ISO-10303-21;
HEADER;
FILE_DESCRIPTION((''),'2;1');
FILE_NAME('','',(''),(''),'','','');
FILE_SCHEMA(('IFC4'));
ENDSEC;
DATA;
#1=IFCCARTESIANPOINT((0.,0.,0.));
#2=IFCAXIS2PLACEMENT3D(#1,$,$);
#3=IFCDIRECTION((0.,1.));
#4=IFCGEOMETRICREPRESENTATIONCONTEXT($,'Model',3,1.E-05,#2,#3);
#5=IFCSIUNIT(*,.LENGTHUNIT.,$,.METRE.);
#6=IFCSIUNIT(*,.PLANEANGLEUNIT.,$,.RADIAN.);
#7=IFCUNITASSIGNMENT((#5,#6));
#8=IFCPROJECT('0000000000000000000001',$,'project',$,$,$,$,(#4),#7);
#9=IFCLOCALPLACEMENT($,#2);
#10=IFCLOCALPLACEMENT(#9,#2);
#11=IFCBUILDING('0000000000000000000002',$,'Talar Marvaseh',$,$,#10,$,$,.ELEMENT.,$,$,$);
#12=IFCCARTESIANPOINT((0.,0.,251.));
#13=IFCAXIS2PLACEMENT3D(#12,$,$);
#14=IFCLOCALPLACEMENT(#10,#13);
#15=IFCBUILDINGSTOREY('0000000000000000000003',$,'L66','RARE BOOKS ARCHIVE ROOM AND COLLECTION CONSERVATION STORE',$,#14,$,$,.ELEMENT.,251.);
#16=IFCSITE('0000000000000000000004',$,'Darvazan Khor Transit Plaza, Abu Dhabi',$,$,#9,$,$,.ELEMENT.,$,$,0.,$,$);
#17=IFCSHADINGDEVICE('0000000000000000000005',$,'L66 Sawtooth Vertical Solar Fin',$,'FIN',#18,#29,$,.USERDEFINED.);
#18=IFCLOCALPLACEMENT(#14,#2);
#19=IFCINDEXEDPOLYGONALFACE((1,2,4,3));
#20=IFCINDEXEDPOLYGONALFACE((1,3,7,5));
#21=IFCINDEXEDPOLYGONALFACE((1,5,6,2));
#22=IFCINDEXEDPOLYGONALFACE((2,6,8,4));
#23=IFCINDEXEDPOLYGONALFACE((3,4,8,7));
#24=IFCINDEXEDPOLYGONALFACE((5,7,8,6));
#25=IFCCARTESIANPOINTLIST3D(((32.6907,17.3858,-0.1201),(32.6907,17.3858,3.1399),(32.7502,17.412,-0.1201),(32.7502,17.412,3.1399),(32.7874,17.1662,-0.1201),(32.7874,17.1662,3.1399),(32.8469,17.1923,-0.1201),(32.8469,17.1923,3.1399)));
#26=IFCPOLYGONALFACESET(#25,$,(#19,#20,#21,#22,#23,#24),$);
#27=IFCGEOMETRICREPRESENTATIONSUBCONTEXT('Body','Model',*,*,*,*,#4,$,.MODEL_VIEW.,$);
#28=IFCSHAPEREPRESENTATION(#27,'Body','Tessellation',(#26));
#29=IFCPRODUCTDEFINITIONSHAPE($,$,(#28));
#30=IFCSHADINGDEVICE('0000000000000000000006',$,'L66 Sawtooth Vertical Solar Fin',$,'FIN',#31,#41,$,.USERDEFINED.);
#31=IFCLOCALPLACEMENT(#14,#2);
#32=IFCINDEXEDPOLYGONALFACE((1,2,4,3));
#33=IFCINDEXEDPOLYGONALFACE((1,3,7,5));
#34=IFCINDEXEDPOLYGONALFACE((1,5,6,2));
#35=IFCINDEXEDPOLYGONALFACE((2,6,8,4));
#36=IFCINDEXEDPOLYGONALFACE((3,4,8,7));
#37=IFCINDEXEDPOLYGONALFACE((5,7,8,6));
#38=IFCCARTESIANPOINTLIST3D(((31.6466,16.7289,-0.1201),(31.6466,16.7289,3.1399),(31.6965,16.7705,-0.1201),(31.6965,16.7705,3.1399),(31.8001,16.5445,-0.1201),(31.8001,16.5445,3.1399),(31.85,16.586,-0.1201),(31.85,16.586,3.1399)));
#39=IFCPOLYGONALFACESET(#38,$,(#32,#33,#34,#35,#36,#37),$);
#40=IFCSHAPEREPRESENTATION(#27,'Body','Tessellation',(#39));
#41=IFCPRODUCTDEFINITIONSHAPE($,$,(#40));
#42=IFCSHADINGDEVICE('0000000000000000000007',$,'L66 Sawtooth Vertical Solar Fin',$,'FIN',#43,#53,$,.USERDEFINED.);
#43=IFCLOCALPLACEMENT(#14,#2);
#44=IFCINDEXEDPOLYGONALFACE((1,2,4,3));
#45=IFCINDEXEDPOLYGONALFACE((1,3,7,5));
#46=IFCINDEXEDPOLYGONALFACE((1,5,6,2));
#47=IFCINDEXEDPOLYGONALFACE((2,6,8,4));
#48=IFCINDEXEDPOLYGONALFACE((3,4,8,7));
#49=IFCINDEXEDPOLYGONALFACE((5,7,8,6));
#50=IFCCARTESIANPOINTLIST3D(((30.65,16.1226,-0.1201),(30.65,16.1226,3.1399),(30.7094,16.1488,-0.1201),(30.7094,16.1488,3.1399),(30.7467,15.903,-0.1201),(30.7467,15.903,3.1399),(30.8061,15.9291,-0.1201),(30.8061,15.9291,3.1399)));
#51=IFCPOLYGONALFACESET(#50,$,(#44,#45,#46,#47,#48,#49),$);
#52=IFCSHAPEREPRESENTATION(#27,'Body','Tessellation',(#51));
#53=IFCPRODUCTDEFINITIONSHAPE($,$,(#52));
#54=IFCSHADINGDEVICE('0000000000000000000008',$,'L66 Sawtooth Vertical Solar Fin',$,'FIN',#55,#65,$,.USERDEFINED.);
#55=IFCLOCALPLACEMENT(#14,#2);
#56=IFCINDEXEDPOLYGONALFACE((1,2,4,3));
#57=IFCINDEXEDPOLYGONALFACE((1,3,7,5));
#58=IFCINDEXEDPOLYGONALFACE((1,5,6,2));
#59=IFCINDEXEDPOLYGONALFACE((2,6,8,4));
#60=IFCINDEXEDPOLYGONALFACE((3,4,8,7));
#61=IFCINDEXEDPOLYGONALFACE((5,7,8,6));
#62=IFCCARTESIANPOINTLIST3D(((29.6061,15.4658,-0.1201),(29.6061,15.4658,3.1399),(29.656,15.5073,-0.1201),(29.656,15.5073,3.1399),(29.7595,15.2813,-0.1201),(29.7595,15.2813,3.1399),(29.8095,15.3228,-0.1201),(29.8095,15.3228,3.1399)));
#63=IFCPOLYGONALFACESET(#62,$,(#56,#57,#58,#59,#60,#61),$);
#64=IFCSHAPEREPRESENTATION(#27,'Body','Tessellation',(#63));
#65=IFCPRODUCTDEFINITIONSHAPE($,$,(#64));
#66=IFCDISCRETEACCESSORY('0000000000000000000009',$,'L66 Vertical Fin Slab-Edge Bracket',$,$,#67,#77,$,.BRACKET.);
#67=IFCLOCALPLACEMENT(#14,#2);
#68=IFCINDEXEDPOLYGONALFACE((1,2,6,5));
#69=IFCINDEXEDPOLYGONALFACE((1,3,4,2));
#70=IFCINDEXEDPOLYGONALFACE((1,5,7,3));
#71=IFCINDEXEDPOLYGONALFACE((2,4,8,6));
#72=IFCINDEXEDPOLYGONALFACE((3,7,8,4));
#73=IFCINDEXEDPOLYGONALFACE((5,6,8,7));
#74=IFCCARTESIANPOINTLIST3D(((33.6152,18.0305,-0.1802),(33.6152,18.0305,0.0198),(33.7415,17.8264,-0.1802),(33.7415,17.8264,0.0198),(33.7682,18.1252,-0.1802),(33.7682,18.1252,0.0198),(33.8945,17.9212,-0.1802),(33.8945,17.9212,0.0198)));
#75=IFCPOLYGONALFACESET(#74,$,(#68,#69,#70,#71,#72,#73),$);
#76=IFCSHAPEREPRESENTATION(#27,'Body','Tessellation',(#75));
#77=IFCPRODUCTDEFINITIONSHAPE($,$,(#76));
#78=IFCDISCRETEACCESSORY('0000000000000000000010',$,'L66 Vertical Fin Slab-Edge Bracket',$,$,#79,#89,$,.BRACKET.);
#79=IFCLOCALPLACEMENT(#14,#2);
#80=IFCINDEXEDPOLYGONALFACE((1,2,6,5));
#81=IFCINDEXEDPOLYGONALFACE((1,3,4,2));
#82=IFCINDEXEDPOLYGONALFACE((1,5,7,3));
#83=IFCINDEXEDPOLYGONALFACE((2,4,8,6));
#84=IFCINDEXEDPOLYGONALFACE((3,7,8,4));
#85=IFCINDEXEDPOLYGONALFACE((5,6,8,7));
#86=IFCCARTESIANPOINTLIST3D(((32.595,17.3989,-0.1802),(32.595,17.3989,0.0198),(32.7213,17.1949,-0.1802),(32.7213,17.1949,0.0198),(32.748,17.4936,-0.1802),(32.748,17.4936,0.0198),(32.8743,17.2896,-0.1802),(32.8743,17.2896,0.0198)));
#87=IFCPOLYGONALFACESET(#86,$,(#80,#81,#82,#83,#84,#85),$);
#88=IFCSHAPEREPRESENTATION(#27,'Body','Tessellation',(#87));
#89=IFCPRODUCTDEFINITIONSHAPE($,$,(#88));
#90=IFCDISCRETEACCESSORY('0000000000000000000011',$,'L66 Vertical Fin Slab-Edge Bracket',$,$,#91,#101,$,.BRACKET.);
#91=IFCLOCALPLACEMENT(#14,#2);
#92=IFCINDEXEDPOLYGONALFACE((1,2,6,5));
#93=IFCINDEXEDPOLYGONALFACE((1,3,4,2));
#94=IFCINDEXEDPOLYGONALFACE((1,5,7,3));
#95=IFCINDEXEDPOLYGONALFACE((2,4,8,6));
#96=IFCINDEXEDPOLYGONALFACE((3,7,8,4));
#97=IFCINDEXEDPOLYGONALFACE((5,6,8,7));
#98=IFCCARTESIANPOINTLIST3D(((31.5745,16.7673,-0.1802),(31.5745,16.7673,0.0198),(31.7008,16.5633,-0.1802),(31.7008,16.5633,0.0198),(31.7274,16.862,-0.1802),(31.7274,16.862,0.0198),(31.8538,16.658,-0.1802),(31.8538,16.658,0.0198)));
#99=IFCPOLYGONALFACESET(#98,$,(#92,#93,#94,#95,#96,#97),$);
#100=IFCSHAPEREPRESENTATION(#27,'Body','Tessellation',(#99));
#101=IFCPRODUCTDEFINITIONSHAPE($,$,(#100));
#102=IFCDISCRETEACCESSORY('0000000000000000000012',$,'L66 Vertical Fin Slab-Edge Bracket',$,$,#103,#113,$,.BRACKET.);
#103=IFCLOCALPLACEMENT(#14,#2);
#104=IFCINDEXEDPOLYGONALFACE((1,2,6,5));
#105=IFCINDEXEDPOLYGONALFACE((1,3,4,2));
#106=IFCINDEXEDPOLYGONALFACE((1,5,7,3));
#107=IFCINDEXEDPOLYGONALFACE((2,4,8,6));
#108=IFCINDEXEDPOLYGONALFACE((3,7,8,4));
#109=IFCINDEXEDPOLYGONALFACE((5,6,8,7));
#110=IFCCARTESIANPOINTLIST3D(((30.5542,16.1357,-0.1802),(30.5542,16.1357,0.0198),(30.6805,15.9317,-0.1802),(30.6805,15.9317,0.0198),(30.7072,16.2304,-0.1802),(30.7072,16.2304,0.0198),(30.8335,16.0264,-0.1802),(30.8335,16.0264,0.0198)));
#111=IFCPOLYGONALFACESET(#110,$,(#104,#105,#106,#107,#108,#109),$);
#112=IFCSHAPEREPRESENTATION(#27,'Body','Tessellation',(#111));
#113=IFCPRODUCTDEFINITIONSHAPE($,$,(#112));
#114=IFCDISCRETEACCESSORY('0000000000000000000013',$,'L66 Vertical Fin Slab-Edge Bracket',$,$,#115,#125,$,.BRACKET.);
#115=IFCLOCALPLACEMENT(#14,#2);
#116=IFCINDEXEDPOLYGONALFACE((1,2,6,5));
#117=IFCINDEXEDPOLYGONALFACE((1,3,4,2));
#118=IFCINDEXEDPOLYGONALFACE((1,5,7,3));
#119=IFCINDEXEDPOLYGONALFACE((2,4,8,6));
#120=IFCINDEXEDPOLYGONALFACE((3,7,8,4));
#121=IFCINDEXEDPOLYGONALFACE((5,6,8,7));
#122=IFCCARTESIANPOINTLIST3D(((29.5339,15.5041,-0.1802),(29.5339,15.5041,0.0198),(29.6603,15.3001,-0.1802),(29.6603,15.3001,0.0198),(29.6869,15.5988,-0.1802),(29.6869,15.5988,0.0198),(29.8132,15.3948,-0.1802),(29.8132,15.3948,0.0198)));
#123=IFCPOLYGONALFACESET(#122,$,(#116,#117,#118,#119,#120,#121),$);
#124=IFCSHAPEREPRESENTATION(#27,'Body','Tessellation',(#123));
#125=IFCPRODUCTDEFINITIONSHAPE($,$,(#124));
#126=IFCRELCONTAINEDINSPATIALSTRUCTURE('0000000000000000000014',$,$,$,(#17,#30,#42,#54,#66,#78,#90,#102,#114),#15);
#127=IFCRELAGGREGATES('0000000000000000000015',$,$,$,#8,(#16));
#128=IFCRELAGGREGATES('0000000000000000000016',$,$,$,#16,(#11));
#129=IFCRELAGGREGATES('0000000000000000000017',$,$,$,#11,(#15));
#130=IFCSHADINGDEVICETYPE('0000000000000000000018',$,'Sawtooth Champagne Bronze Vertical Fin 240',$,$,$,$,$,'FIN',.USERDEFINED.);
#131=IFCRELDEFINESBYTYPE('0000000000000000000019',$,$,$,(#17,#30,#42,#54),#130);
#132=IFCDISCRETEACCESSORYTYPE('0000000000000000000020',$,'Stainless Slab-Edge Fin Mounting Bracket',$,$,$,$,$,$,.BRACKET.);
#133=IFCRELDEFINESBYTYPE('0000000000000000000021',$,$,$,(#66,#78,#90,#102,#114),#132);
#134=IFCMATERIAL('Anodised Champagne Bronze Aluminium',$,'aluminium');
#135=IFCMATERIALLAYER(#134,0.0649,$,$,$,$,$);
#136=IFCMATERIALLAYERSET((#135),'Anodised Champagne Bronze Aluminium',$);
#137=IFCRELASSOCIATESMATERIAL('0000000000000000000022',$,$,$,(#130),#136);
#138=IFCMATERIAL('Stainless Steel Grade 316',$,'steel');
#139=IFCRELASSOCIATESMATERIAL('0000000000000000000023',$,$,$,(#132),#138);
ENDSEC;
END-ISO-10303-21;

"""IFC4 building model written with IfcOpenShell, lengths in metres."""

from ifc_helpers import new_model, si_unit, direction, frame, origin, origin_2d, place, context, subcontext, project, spatial, rectangle, extrude, source, transform, mapped, material, layer, layer_set, type_object, type_shapes, element, save


model = new_model("IFC4")

# Units and contexts
model_context = context("Model", 3, precision=1e-05, world=origin(), true_north=direction((0.0, 1.0)))
body_context = subcontext(model_context, "Body", "Model", "MODEL_VIEW")
ifc_project = project(units=[si_unit("LENGTHUNIT", "METRE"), si_unit("PLANEANGLEUNIT", "RADIAN")], contexts=[model_context])

# Site, building, storey
site_placement = place(None, origin())
site = spatial("IfcSite", under=ifc_project, at=site_placement, Name="Darvazan Khor Transit Plaza, Abu Dhabi", CompositionType="ELEMENT", RefElevation=0.0)
building_placement = place(site_placement, origin())
building = spatial("IfcBuilding", under=site, at=building_placement, Name="Talar Marvaseh", CompositionType="ELEMENT")
storey_placement = place(building_placement, frame((0.0, 0.0, 251.0)))
storey = spatial("IfcBuildingStorey", under=building, at=storey_placement, Name="L66", Description="RARE BOOKS ARCHIVE ROOM AND COLLECTION CONSERVATION STORE", CompositionType="ELEMENT", Elevation=251.0)

# Shading devices
ifc_material_1 = material(Name="Anodised Champagne Bronze Aluminium", Category="aluminium")
ifc_layer_1 = layer(ifc_material_1, 0.0649)
ifc_layer_set_1 = layer_set([ifc_layer_1], Name="Anodised Champagne Bronze Aluminium")
shading_device_type = type_object("IfcShadingDeviceType", Name="Sawtooth Champagne Bronze Vertical Fin 240", ElementType="FIN", PredefinedType="USERDEFINED", material=ifc_layer_set_1)
shared_shape_1 = source(origin(), body_context, "Body", "SweptSolid", [
    extrude(rectangle(XDim=0.24, YDim=0.0649, at=origin_2d()), origin(), (0.0, 0.0, 1.0), 3.26),
])
type_shapes(shading_device_type, [shared_shape_1])
for number, where, z_axis, x_axis, name in (
    (1, (32.7688, 17.2891, -0.1201), (0.0, 0.0, 1.0), (0.402906, -0.915241, 0.0), "L66 Sawtooth Vertical Solar Fin"),
    (2, (31.7483, 16.6575, -0.1201), (0.0, 0.0, 1.0), (0.639573, -0.76873, 0.0), "L66 Sawtooth Vertical Solar Fin"),
    (3, (30.728, 16.0259, -0.1201), (0.0, 0.0, 1.0), (0.402906, -0.915241, 0.0), "L66 Sawtooth Vertical Solar Fin"),
    (4, (29.7078, 15.3943, -0.1201), (0.0, 0.0, 1.0), (0.639573, -0.76873, 0.0), "L66 Sawtooth Vertical Solar Fin"),
):
    element("IfcShadingDevice", number, at=place(storey_placement, frame(where, z_axis=z_axis, x_axis=x_axis)), inside=storey, type_object=shading_device_type, Name=name, ObjectType="FIN", PredefinedType="USERDEFINED", context=body_context, shape_type="MappedRepresentation", body=[
        mapped(shared_shape_1, transform((0.0, 0.0, 0.0), x_axis=(1.0, 0.0, 0.0), y_axis=(0.0, 1.0, 0.0), z_axis=(0.0, 0.0, 1.0), scale=1.0)),
    ])

# Discrete accessories
ifc_material_2 = material(Name="Stainless Steel Grade 316", Category="steel")
discrete_accessory_type = type_object("IfcDiscreteAccessoryType", Name="Stainless Slab-Edge Fin Mounting Bracket", PredefinedType="BRACKET", material=ifc_material_2)
shared_shape_2 = source(origin(), body_context, "Body", "SweptSolid", [
    extrude(rectangle(XDim=0.24, YDim=0.1799, at=origin_2d()), origin(), (0.0, 0.0, 1.0), 0.2),
])
type_shapes(discrete_accessory_type, [shared_shape_2])
for number, where, z_axis, x_axis, name in (
    (5, (33.7549, 17.9758, -0.1802), (0.0, 0.0, 1.0), (0.526362, -0.85026, 0.0), "L66 Vertical Fin Slab-Edge Bracket"),
    (6, (32.7346, 17.3442, -0.1802), (0.0, 0.0, 1.0), (0.526362, -0.85026, 0.0), "L66 Vertical Fin Slab-Edge Bracket"),
    (7, (31.7141, 16.7126, -0.1802), (0.0, 0.0, 1.0), (0.526362, -0.85026, 0.0), "L66 Vertical Fin Slab-Edge Bracket"),
    (8, (30.6938, 16.0811, -0.1802), (0.0, 0.0, 1.0), (0.526362, -0.85026, 0.0), "L66 Vertical Fin Slab-Edge Bracket"),
    (9, (29.6736, 15.4495, -0.1802), (0.0, 0.0, 1.0), (0.526362, -0.85026, 0.0), "L66 Vertical Fin Slab-Edge Bracket"),
):
    element("IfcDiscreteAccessory", number, at=place(storey_placement, frame(where, z_axis=z_axis, x_axis=x_axis)), inside=storey, type_object=discrete_accessory_type, Name=name, PredefinedType="BRACKET", context=body_context, shape_type="MappedRepresentation", body=[
        mapped(shared_shape_2, transform((0.0, 0.0, 0.0), x_axis=(1.0, 0.0, 0.0), y_axis=(0.0, 1.0, 0.0), z_axis=(0.0, 0.0, 1.0), scale=1.0)),
    ])

save(model, "model.ifc")
